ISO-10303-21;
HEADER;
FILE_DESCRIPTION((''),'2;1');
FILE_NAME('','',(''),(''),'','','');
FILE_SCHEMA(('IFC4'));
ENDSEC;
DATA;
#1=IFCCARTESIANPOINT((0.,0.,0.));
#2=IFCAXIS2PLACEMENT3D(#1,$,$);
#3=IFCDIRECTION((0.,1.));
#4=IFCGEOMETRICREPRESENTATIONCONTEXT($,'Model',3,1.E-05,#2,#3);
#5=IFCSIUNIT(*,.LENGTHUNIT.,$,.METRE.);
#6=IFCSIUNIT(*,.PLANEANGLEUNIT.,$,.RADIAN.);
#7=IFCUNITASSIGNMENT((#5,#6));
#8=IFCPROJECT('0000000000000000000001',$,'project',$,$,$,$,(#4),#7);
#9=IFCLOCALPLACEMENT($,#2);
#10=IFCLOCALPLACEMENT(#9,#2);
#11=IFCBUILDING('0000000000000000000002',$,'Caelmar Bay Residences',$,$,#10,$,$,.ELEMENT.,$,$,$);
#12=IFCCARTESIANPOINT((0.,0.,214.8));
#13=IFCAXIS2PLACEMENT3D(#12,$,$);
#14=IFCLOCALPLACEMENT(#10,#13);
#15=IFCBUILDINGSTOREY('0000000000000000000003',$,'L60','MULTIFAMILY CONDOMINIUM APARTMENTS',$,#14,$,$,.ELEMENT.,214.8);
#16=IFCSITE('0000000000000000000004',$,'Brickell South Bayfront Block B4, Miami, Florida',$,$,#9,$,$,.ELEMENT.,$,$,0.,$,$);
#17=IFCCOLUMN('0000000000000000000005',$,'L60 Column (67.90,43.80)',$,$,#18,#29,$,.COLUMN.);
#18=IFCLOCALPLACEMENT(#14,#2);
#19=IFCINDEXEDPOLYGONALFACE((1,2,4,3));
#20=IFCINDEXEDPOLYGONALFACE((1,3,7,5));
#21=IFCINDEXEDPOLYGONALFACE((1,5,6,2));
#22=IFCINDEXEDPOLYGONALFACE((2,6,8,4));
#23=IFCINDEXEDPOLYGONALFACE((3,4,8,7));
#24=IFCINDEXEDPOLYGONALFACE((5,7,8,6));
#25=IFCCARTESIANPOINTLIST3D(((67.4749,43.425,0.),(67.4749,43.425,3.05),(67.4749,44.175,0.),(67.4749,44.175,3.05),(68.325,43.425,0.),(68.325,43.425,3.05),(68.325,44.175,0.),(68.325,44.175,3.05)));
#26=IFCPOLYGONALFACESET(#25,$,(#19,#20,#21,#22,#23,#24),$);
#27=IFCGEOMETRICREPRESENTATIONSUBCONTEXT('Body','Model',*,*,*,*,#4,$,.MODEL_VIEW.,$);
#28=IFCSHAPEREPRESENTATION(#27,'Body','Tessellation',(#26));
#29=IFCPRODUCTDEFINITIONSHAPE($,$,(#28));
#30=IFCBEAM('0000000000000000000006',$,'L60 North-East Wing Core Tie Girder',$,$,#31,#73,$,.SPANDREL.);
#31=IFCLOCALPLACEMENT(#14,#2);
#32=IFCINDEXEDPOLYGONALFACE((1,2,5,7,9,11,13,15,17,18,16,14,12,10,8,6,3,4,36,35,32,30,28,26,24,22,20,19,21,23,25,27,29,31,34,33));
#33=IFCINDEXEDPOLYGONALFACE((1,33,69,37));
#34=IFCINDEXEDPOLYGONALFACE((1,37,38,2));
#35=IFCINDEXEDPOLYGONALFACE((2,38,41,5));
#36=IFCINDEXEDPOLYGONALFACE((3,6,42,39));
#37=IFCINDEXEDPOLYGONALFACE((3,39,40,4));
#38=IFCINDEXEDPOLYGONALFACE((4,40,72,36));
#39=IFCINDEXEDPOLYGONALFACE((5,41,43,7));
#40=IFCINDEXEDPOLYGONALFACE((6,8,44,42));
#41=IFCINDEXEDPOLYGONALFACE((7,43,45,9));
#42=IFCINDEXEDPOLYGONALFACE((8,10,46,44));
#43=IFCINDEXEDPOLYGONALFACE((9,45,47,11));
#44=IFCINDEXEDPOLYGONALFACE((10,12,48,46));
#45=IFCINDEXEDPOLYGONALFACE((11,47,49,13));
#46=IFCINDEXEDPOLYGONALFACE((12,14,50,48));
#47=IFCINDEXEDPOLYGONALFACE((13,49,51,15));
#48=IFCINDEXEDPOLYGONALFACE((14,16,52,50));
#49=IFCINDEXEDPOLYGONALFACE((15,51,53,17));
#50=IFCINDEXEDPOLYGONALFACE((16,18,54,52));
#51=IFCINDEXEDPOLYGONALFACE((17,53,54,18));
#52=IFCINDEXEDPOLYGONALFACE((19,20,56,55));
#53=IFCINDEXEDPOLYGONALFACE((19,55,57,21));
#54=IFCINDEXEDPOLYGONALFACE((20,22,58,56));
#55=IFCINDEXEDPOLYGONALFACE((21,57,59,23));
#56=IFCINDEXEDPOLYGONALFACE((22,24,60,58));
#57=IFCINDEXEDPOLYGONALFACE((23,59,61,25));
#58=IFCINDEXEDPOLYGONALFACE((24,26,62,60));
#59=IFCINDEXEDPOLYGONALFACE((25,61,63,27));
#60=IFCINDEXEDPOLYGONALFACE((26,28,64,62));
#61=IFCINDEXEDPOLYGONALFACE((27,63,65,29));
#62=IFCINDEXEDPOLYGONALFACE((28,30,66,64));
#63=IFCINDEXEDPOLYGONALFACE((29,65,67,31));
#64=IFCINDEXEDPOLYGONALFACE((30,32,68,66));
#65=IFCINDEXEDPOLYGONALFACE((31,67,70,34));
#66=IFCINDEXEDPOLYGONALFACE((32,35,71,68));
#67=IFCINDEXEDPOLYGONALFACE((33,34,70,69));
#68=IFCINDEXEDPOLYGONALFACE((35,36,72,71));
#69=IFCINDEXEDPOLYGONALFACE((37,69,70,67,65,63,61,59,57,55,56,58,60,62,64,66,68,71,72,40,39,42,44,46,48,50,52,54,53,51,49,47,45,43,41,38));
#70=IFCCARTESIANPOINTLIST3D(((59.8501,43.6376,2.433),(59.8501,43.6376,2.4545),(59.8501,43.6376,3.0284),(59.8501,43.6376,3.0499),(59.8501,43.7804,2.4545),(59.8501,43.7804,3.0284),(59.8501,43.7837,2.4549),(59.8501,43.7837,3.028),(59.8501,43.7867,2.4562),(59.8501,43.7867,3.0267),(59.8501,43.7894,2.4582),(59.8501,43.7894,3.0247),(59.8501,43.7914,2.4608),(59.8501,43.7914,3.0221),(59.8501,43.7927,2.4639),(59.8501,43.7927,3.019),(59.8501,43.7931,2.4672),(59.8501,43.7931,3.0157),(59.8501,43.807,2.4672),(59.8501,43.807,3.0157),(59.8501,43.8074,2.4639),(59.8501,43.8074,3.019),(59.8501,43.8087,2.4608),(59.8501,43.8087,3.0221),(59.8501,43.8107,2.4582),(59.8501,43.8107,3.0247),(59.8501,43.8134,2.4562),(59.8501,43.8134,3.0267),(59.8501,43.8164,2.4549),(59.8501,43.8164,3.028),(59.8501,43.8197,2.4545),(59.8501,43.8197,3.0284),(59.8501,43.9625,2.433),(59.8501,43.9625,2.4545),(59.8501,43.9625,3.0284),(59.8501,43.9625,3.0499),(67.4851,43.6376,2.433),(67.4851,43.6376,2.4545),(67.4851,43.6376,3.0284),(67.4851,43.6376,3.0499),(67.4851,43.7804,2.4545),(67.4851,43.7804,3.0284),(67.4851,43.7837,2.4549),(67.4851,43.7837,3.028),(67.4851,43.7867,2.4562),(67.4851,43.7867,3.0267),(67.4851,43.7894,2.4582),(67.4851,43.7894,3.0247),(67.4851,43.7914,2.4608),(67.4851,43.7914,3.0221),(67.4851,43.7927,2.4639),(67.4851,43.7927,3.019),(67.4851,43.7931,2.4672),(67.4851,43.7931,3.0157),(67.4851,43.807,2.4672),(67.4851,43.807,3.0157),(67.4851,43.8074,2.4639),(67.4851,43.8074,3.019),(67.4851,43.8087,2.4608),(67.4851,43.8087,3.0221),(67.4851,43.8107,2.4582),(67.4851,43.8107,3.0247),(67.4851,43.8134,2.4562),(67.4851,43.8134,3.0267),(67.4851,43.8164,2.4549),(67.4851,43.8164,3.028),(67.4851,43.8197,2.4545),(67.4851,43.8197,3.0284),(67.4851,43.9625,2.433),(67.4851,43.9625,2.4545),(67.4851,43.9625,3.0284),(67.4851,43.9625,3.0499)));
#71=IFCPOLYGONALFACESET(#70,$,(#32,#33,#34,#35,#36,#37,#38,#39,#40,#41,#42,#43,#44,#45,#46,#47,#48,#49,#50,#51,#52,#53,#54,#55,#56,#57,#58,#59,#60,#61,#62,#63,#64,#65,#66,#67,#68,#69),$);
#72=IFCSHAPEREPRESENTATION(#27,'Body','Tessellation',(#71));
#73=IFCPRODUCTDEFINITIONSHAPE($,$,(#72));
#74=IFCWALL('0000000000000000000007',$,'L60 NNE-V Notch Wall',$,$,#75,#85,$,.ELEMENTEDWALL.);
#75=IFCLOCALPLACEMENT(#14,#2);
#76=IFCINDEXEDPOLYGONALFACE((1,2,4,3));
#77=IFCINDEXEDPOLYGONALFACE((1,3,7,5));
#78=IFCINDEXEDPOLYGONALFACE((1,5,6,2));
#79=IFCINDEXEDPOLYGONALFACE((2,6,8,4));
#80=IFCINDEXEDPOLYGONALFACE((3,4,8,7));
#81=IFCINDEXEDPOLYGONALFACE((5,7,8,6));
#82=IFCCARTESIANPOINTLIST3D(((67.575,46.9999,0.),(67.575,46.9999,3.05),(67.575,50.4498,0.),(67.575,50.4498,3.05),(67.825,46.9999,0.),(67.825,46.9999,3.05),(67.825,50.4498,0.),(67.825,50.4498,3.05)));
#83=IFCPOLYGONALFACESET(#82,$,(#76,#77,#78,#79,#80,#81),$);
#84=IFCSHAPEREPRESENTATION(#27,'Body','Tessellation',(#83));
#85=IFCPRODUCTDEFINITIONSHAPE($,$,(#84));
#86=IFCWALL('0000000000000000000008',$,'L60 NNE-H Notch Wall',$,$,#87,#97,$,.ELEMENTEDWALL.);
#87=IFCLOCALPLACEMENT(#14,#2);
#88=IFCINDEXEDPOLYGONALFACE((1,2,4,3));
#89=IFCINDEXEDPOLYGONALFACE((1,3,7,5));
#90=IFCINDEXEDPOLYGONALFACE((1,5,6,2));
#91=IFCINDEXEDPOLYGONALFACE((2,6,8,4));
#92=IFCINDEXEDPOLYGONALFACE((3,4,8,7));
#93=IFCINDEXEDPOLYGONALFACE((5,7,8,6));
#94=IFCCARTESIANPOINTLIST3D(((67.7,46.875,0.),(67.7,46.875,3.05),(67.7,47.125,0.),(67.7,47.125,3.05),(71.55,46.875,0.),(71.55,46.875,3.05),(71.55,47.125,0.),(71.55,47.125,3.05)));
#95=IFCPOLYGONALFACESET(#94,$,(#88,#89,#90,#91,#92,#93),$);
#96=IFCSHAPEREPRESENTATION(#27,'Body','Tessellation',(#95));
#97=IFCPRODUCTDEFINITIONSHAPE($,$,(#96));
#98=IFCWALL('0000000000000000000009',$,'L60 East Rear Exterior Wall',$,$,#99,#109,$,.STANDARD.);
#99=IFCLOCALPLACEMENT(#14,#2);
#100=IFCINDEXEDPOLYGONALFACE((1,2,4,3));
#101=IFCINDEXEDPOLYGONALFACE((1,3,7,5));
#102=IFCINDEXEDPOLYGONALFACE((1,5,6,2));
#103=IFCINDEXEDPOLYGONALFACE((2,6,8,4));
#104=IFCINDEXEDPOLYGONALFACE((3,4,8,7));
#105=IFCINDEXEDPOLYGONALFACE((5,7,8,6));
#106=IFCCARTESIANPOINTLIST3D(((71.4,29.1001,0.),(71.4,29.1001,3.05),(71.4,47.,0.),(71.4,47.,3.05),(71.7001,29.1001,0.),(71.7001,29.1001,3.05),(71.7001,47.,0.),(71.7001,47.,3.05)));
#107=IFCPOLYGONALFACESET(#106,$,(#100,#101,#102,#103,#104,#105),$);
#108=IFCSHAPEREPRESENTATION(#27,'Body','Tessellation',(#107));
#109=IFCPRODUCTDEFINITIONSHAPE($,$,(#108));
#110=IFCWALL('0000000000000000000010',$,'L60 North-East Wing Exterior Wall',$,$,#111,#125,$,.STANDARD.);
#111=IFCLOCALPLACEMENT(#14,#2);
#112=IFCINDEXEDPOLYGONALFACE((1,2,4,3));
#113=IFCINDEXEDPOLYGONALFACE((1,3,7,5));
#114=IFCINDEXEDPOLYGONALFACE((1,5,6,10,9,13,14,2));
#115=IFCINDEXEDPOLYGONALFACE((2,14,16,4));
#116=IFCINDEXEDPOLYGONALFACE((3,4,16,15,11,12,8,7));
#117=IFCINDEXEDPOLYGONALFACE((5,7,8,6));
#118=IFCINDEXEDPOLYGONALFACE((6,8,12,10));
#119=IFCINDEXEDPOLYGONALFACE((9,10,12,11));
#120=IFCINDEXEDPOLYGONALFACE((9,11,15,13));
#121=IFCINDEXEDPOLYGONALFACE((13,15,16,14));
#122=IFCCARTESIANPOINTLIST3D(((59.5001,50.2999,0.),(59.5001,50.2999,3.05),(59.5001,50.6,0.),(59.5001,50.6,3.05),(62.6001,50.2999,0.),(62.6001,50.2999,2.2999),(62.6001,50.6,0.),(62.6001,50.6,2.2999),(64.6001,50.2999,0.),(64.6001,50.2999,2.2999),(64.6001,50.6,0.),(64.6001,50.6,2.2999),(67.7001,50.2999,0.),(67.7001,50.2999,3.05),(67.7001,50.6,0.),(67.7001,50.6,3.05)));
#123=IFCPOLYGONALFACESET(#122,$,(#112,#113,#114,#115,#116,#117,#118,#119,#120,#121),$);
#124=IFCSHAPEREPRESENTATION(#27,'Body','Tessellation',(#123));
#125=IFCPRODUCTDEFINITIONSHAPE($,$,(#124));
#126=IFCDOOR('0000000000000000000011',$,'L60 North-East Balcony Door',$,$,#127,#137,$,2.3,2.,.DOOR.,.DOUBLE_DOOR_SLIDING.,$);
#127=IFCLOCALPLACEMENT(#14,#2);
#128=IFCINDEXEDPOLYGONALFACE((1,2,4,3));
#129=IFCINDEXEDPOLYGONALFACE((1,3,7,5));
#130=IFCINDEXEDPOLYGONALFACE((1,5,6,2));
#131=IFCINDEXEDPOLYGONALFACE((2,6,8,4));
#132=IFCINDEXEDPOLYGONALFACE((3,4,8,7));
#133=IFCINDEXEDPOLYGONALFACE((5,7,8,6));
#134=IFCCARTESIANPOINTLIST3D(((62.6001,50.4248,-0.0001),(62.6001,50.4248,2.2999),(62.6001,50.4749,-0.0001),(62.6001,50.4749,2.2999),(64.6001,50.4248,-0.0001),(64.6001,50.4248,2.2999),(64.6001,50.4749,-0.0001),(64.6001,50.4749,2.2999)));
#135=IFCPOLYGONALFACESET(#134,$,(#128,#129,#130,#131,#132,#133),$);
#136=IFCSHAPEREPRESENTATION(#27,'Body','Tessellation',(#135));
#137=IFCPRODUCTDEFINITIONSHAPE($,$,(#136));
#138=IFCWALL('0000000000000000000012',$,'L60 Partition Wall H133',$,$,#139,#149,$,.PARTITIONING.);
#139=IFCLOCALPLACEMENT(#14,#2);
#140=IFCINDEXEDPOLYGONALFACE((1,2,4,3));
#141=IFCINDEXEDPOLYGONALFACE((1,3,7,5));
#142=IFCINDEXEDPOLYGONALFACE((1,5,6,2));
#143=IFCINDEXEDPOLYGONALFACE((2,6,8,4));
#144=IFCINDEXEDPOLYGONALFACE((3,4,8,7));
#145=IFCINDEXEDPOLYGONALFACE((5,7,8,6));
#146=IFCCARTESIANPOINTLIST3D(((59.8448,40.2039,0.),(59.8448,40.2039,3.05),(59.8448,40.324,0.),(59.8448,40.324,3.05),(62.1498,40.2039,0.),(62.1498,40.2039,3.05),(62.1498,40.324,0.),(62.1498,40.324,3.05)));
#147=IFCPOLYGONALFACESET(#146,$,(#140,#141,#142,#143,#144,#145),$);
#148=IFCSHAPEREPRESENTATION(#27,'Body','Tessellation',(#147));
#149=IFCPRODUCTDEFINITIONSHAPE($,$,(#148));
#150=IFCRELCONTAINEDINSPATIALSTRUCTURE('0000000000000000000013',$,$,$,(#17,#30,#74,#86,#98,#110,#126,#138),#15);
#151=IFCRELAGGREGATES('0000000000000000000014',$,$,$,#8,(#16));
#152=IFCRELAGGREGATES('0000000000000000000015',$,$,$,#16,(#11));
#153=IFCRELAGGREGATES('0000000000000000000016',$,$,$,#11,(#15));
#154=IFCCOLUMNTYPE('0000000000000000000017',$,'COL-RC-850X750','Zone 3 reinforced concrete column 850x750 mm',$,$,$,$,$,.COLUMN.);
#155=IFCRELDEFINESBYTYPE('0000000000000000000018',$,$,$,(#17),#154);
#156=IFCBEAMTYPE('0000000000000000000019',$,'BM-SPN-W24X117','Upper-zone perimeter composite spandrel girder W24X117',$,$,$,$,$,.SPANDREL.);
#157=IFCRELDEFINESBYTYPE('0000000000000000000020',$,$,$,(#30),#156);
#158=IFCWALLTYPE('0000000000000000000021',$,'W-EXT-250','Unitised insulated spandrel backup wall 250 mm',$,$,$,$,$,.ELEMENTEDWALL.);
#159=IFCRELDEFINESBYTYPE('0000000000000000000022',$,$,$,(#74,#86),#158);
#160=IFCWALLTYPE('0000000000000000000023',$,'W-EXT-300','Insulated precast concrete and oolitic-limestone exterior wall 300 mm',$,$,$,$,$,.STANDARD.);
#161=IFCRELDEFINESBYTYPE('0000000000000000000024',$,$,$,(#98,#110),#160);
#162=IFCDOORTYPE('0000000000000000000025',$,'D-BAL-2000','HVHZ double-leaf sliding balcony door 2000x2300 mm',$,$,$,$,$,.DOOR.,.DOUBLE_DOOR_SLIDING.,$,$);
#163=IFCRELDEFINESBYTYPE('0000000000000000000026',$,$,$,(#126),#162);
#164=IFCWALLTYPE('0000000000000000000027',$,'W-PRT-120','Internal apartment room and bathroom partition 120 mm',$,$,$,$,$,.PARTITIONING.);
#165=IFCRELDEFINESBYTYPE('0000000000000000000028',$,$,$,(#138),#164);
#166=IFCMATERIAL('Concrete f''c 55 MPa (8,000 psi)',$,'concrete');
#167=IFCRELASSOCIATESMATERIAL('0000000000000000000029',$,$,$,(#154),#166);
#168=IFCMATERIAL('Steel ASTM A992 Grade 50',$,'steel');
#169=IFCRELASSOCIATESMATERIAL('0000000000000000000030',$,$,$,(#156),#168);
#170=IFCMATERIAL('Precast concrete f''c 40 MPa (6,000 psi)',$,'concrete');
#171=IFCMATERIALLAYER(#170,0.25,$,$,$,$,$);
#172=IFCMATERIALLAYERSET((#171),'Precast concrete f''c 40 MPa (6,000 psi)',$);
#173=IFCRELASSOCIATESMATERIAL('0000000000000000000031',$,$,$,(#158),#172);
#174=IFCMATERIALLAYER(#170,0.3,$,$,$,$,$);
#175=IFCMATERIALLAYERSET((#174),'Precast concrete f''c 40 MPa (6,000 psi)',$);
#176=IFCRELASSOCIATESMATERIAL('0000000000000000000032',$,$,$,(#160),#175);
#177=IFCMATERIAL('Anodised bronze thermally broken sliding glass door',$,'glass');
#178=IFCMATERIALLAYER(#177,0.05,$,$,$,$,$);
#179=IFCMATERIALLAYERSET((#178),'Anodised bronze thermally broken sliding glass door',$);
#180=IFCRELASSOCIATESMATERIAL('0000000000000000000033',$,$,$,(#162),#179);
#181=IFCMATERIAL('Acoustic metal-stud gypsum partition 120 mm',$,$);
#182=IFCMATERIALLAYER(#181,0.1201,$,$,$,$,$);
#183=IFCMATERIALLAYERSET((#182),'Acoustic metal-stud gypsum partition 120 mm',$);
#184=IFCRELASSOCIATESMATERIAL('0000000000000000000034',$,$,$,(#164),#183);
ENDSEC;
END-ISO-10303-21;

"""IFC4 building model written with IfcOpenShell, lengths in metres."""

from ifc_helpers import new_model, si_unit, direction, frame, frame_2d, origin, origin_2d, place, context, subcontext, project, spatial, rectangle, i_section, extrude, material, layer, layer_set, material_profile, profile_set, type_object, element, fill, save


model = new_model("IFC4")

# Units and contexts
model_context = context("Model", 3, precision=1e-05, world=origin(), true_north=direction((0.0, 1.0)))
body_context = subcontext(model_context, "Body", "Model", "MODEL_VIEW")
ifc_project = project(units=[si_unit("LENGTHUNIT", "METRE"), si_unit("PLANEANGLEUNIT", "RADIAN")], contexts=[model_context])

# Site, building, storey
site_placement = place(None, origin())
site = spatial("IfcSite", under=ifc_project, at=site_placement, Name="Brickell South Bayfront Block B4, Miami, Florida", CompositionType="ELEMENT", RefElevation=0.0)
building_placement = place(site_placement, origin())
building = spatial("IfcBuilding", under=site, at=building_placement, Name="Caelmar Bay Residences", CompositionType="ELEMENT")
storey_placement = place(building_placement, frame((0.0, 0.0, 214.8)))
storey = spatial("IfcBuildingStorey", under=building, at=storey_placement, Name="L60", Description="MULTIFAMILY CONDOMINIUM APARTMENTS", CompositionType="ELEMENT", Elevation=214.8)

# Column
ifc_material_1 = material(Name="Concrete f'c 55 MPa (8,000 psi)", Category="concrete")
ifc_material_profile_1 = material_profile(ifc_material_1, rectangle(XDim=0.8501, YDim=0.75, at=origin_2d()), Name="RC-COL-850X750")
ifc_profile_set_1 = profile_set([ifc_material_profile_1], Name="Concrete f'c 55 MPa (8,000 psi)")
column_type = type_object("IfcColumnType", Name="COL-RC-850X750", Description="Zone 3 reinforced concrete column 850x750 mm", PredefinedType="COLUMN", material=ifc_profile_set_1)
column_placement = place(storey_placement, frame((67.8999, 43.8, 0.0), z_axis=(0.0, 0.0, 1.0), x_axis=(1.0, 0.0, 0.0)))
element("IfcColumn", 1, at=column_placement, inside=storey, type_object=column_type, Name="L60 Column (67.90,43.80)", PredefinedType="COLUMN", context=body_context, shape_type="SweptSolid", body=[
    extrude(rectangle(XDim=0.8501, YDim=0.75, at=origin_2d()), origin(), (0.0, 0.0, 1.0), 3.05),
])

# Beam
ifc_material_2 = material(Name="Steel ASTM A992 Grade 50", Category="steel")
ifc_material_profile_2 = material_profile(ifc_material_2, i_section(OverallWidth=0.325, OverallDepth=0.6169, WebThickness=0.0139, FlangeThickness=0.0215, FilletRadius=0.0127, at=origin_2d()), Name="W24X117")
ifc_profile_set_2 = profile_set([ifc_material_profile_2], Name="Steel ASTM A992 Grade 50")
beam_type = type_object("IfcBeamType", Name="BM-SPN-W24X117", Description="Upper-zone perimeter composite spandrel girder W24X117", PredefinedType="SPANDREL", material=ifc_profile_set_2)
beam_placement = place(storey_placement, frame((59.8501, 43.8, 2.7415), z_axis=(1.0, 0.0, 0.0), x_axis=(0.0, 1.0, 0.0)))
element("IfcBeam", 2, at=beam_placement, inside=storey, type_object=beam_type, Name="L60 North-East Wing Core Tie Girder", PredefinedType="SPANDREL", context=body_context, shape_type="SweptSolid", body=[
    extrude(i_section(OverallWidth=0.325, OverallDepth=0.6169, WebThickness=0.0139, FlangeThickness=0.0215, FilletRadius=0.0127, at=origin_2d()), origin(), (0.0, 0.0, 1.0), 7.635),
])

# Walls
ifc_material_3 = material(Name="Precast concrete f'c 40 MPa (6,000 psi)", Category="concrete")
ifc_layer_1 = layer(ifc_material_3, 0.25)
ifc_layer_set_1 = layer_set([ifc_layer_1], Name="Precast concrete f'c 40 MPa (6,000 psi)")
wall_type_1 = type_object("IfcWallType", Name="W-EXT-250", Description="Unitised insulated spandrel backup wall 250 mm", PredefinedType="ELEMENTEDWALL", material=ifc_layer_set_1)
wall_1_placement = place(storey_placement, frame((67.7, 50.45, 0.0), z_axis=(0.0, 0.0, 1.0), x_axis=(0.0, -1.0, 0.0)))
element("IfcWall", 3, at=wall_1_placement, inside=storey, type_object=wall_type_1, Name="L60 NNE-V Notch Wall", PredefinedType="ELEMENTEDWALL", context=body_context, shape_type="SweptSolid", body=[
    extrude(rectangle(XDim=3.45, YDim=0.25, at=frame_2d((1.7251, 0.0))), origin(), (0.0, 0.0, 1.0), 3.05),
])
wall_2_placement = place(storey_placement, frame((67.7, 47.0, 0.0), z_axis=(0.0, 0.0, 1.0), x_axis=(1.0, 0.0, 0.0)))
element("IfcWall", 4, at=wall_2_placement, inside=storey, type_object=wall_type_1, Name="L60 NNE-H Notch Wall", PredefinedType="ELEMENTEDWALL", context=body_context, shape_type="SweptSolid", body=[
    extrude(rectangle(XDim=3.8501, YDim=0.25, at=frame_2d((1.925, 0.0))), origin(), (0.0, 0.0, 1.0), 3.05),
])
ifc_layer_2 = layer(ifc_material_3, 0.3)
ifc_layer_set_2 = layer_set([ifc_layer_2], Name="Precast concrete f'c 40 MPa (6,000 psi)")
wall_type_2 = type_object("IfcWallType", Name="W-EXT-300", Description="Insulated precast concrete and oolitic-limestone exterior wall 300 mm", PredefinedType="STANDARD", material=ifc_layer_set_2)
wall_3_placement = place(storey_placement, frame((71.55, 47.0, 0.0), z_axis=(0.0, 0.0, 1.0), x_axis=(0.0, -1.0, 0.0)))
element("IfcWall", 5, at=wall_3_placement, inside=storey, type_object=wall_type_2, Name="L60 East Rear Exterior Wall", PredefinedType="STANDARD", context=body_context, shape_type="SweptSolid", body=[
    extrude(rectangle(XDim=17.8999, YDim=0.3, at=frame_2d((8.95, 0.0))), origin(), (0.0, 0.0, 1.0), 3.05),
])

# Wall, opening, door
wall_4_placement = place(storey_placement, frame((59.5, 50.45, 0.0), z_axis=(0.0, 0.0, 1.0), x_axis=(1.0, 0.0, 0.0)))
wall_4 = element("IfcWall", 6, at=wall_4_placement, inside=storey, type_object=wall_type_2, Name="L60 North-East Wing Exterior Wall", PredefinedType="STANDARD", context=body_context, shape_type="SweptSolid", body=[
    extrude(rectangle(XDim=8.2, YDim=0.3, at=frame_2d((4.1001, 0.0))), origin(), (0.0, 0.0, 1.0), 3.05),
])
opening_1_placement = place(wall_4_placement, frame((3.1001, 0.0, 0.0)))
opening_1 = element("IfcOpeningElement", 7, at=opening_1_placement, cuts=wall_4, PredefinedType="OPENING", context=body_context, shape_type="SweptSolid", body=[
    extrude(rectangle(XDim=2.0, YDim=2.3, at=frame_2d((1.0, 1.1499))), frame((0.0, 0.1599, 0.0), z_axis=(0.0, -1.0, 0.0), x_axis=(1.0, 0.0, 0.0)), (0.0, 0.0, 1.0), 0.3201),
])
ifc_material_4 = material(Name="Anodised bronze thermally broken sliding glass door", Category="glass")
ifc_layer_3 = layer(ifc_material_4, 0.05)
ifc_layer_set_3 = layer_set([ifc_layer_3], Name="Anodised bronze thermally broken sliding glass door")
door_type_1 = type_object("IfcDoorType", Name="D-BAL-2000", Description="HVHZ double-leaf sliding balcony door 2000x2300 mm", OperationType="DOUBLE_DOOR_SLIDING", PredefinedType="DOOR", material=ifc_layer_set_3)
door_1_placement = place(opening_1_placement, origin())
door_1 = element("IfcDoor", 8, at=door_1_placement, inside=storey, type_object=door_type_1, Name="L60 North-East Balcony Door", OperationType="DOUBLE_DOOR_SLIDING", OverallHeight=2.3, OverallWidth=2.0, PredefinedType="DOOR", context=body_context, shape_type="SweptSolid", body=[
    extrude(rectangle(XDim=2.0, YDim=2.3, at=frame_2d((1.0, 1.1499))), frame((0.0, 0.0249, 0.0), z_axis=(0.0, -1.0, 0.0), x_axis=(1.0, 0.0, 0.0)), (0.0, 0.0, 1.0), 0.05),
])
fill(opening_1, door_1)
ifc_material_5 = material(Name="Acoustic metal-stud gypsum partition 120 mm")
ifc_layer_4 = layer(ifc_material_5, 0.1201)
ifc_layer_set_4 = layer_set([ifc_layer_4], Name="Acoustic metal-stud gypsum partition 120 mm")
wall_type_3 = type_object("IfcWallType", Name="W-PRT-120", Description="Internal apartment room and bathroom partition 120 mm", PredefinedType="PARTITIONING", material=ifc_layer_set_4)

# Wall
wall_5_placement = place(storey_placement, frame((59.845, 40.2639, 0.0), z_axis=(0.0, 0.0, 1.0), x_axis=(1.0, 0.0, 0.0)))
element("IfcWall", 9, at=wall_5_placement, inside=storey, type_object=wall_type_3, Name="L60 Partition Wall H133", PredefinedType="PARTITIONING", context=body_context, shape_type="SweptSolid", body=[
    extrude(rectangle(XDim=2.3049, YDim=0.1201, at=frame_2d((1.1523, 0.0))), origin(), (0.0, 0.0, 1.0), 3.05),
])

save(model, "model.ifc")
